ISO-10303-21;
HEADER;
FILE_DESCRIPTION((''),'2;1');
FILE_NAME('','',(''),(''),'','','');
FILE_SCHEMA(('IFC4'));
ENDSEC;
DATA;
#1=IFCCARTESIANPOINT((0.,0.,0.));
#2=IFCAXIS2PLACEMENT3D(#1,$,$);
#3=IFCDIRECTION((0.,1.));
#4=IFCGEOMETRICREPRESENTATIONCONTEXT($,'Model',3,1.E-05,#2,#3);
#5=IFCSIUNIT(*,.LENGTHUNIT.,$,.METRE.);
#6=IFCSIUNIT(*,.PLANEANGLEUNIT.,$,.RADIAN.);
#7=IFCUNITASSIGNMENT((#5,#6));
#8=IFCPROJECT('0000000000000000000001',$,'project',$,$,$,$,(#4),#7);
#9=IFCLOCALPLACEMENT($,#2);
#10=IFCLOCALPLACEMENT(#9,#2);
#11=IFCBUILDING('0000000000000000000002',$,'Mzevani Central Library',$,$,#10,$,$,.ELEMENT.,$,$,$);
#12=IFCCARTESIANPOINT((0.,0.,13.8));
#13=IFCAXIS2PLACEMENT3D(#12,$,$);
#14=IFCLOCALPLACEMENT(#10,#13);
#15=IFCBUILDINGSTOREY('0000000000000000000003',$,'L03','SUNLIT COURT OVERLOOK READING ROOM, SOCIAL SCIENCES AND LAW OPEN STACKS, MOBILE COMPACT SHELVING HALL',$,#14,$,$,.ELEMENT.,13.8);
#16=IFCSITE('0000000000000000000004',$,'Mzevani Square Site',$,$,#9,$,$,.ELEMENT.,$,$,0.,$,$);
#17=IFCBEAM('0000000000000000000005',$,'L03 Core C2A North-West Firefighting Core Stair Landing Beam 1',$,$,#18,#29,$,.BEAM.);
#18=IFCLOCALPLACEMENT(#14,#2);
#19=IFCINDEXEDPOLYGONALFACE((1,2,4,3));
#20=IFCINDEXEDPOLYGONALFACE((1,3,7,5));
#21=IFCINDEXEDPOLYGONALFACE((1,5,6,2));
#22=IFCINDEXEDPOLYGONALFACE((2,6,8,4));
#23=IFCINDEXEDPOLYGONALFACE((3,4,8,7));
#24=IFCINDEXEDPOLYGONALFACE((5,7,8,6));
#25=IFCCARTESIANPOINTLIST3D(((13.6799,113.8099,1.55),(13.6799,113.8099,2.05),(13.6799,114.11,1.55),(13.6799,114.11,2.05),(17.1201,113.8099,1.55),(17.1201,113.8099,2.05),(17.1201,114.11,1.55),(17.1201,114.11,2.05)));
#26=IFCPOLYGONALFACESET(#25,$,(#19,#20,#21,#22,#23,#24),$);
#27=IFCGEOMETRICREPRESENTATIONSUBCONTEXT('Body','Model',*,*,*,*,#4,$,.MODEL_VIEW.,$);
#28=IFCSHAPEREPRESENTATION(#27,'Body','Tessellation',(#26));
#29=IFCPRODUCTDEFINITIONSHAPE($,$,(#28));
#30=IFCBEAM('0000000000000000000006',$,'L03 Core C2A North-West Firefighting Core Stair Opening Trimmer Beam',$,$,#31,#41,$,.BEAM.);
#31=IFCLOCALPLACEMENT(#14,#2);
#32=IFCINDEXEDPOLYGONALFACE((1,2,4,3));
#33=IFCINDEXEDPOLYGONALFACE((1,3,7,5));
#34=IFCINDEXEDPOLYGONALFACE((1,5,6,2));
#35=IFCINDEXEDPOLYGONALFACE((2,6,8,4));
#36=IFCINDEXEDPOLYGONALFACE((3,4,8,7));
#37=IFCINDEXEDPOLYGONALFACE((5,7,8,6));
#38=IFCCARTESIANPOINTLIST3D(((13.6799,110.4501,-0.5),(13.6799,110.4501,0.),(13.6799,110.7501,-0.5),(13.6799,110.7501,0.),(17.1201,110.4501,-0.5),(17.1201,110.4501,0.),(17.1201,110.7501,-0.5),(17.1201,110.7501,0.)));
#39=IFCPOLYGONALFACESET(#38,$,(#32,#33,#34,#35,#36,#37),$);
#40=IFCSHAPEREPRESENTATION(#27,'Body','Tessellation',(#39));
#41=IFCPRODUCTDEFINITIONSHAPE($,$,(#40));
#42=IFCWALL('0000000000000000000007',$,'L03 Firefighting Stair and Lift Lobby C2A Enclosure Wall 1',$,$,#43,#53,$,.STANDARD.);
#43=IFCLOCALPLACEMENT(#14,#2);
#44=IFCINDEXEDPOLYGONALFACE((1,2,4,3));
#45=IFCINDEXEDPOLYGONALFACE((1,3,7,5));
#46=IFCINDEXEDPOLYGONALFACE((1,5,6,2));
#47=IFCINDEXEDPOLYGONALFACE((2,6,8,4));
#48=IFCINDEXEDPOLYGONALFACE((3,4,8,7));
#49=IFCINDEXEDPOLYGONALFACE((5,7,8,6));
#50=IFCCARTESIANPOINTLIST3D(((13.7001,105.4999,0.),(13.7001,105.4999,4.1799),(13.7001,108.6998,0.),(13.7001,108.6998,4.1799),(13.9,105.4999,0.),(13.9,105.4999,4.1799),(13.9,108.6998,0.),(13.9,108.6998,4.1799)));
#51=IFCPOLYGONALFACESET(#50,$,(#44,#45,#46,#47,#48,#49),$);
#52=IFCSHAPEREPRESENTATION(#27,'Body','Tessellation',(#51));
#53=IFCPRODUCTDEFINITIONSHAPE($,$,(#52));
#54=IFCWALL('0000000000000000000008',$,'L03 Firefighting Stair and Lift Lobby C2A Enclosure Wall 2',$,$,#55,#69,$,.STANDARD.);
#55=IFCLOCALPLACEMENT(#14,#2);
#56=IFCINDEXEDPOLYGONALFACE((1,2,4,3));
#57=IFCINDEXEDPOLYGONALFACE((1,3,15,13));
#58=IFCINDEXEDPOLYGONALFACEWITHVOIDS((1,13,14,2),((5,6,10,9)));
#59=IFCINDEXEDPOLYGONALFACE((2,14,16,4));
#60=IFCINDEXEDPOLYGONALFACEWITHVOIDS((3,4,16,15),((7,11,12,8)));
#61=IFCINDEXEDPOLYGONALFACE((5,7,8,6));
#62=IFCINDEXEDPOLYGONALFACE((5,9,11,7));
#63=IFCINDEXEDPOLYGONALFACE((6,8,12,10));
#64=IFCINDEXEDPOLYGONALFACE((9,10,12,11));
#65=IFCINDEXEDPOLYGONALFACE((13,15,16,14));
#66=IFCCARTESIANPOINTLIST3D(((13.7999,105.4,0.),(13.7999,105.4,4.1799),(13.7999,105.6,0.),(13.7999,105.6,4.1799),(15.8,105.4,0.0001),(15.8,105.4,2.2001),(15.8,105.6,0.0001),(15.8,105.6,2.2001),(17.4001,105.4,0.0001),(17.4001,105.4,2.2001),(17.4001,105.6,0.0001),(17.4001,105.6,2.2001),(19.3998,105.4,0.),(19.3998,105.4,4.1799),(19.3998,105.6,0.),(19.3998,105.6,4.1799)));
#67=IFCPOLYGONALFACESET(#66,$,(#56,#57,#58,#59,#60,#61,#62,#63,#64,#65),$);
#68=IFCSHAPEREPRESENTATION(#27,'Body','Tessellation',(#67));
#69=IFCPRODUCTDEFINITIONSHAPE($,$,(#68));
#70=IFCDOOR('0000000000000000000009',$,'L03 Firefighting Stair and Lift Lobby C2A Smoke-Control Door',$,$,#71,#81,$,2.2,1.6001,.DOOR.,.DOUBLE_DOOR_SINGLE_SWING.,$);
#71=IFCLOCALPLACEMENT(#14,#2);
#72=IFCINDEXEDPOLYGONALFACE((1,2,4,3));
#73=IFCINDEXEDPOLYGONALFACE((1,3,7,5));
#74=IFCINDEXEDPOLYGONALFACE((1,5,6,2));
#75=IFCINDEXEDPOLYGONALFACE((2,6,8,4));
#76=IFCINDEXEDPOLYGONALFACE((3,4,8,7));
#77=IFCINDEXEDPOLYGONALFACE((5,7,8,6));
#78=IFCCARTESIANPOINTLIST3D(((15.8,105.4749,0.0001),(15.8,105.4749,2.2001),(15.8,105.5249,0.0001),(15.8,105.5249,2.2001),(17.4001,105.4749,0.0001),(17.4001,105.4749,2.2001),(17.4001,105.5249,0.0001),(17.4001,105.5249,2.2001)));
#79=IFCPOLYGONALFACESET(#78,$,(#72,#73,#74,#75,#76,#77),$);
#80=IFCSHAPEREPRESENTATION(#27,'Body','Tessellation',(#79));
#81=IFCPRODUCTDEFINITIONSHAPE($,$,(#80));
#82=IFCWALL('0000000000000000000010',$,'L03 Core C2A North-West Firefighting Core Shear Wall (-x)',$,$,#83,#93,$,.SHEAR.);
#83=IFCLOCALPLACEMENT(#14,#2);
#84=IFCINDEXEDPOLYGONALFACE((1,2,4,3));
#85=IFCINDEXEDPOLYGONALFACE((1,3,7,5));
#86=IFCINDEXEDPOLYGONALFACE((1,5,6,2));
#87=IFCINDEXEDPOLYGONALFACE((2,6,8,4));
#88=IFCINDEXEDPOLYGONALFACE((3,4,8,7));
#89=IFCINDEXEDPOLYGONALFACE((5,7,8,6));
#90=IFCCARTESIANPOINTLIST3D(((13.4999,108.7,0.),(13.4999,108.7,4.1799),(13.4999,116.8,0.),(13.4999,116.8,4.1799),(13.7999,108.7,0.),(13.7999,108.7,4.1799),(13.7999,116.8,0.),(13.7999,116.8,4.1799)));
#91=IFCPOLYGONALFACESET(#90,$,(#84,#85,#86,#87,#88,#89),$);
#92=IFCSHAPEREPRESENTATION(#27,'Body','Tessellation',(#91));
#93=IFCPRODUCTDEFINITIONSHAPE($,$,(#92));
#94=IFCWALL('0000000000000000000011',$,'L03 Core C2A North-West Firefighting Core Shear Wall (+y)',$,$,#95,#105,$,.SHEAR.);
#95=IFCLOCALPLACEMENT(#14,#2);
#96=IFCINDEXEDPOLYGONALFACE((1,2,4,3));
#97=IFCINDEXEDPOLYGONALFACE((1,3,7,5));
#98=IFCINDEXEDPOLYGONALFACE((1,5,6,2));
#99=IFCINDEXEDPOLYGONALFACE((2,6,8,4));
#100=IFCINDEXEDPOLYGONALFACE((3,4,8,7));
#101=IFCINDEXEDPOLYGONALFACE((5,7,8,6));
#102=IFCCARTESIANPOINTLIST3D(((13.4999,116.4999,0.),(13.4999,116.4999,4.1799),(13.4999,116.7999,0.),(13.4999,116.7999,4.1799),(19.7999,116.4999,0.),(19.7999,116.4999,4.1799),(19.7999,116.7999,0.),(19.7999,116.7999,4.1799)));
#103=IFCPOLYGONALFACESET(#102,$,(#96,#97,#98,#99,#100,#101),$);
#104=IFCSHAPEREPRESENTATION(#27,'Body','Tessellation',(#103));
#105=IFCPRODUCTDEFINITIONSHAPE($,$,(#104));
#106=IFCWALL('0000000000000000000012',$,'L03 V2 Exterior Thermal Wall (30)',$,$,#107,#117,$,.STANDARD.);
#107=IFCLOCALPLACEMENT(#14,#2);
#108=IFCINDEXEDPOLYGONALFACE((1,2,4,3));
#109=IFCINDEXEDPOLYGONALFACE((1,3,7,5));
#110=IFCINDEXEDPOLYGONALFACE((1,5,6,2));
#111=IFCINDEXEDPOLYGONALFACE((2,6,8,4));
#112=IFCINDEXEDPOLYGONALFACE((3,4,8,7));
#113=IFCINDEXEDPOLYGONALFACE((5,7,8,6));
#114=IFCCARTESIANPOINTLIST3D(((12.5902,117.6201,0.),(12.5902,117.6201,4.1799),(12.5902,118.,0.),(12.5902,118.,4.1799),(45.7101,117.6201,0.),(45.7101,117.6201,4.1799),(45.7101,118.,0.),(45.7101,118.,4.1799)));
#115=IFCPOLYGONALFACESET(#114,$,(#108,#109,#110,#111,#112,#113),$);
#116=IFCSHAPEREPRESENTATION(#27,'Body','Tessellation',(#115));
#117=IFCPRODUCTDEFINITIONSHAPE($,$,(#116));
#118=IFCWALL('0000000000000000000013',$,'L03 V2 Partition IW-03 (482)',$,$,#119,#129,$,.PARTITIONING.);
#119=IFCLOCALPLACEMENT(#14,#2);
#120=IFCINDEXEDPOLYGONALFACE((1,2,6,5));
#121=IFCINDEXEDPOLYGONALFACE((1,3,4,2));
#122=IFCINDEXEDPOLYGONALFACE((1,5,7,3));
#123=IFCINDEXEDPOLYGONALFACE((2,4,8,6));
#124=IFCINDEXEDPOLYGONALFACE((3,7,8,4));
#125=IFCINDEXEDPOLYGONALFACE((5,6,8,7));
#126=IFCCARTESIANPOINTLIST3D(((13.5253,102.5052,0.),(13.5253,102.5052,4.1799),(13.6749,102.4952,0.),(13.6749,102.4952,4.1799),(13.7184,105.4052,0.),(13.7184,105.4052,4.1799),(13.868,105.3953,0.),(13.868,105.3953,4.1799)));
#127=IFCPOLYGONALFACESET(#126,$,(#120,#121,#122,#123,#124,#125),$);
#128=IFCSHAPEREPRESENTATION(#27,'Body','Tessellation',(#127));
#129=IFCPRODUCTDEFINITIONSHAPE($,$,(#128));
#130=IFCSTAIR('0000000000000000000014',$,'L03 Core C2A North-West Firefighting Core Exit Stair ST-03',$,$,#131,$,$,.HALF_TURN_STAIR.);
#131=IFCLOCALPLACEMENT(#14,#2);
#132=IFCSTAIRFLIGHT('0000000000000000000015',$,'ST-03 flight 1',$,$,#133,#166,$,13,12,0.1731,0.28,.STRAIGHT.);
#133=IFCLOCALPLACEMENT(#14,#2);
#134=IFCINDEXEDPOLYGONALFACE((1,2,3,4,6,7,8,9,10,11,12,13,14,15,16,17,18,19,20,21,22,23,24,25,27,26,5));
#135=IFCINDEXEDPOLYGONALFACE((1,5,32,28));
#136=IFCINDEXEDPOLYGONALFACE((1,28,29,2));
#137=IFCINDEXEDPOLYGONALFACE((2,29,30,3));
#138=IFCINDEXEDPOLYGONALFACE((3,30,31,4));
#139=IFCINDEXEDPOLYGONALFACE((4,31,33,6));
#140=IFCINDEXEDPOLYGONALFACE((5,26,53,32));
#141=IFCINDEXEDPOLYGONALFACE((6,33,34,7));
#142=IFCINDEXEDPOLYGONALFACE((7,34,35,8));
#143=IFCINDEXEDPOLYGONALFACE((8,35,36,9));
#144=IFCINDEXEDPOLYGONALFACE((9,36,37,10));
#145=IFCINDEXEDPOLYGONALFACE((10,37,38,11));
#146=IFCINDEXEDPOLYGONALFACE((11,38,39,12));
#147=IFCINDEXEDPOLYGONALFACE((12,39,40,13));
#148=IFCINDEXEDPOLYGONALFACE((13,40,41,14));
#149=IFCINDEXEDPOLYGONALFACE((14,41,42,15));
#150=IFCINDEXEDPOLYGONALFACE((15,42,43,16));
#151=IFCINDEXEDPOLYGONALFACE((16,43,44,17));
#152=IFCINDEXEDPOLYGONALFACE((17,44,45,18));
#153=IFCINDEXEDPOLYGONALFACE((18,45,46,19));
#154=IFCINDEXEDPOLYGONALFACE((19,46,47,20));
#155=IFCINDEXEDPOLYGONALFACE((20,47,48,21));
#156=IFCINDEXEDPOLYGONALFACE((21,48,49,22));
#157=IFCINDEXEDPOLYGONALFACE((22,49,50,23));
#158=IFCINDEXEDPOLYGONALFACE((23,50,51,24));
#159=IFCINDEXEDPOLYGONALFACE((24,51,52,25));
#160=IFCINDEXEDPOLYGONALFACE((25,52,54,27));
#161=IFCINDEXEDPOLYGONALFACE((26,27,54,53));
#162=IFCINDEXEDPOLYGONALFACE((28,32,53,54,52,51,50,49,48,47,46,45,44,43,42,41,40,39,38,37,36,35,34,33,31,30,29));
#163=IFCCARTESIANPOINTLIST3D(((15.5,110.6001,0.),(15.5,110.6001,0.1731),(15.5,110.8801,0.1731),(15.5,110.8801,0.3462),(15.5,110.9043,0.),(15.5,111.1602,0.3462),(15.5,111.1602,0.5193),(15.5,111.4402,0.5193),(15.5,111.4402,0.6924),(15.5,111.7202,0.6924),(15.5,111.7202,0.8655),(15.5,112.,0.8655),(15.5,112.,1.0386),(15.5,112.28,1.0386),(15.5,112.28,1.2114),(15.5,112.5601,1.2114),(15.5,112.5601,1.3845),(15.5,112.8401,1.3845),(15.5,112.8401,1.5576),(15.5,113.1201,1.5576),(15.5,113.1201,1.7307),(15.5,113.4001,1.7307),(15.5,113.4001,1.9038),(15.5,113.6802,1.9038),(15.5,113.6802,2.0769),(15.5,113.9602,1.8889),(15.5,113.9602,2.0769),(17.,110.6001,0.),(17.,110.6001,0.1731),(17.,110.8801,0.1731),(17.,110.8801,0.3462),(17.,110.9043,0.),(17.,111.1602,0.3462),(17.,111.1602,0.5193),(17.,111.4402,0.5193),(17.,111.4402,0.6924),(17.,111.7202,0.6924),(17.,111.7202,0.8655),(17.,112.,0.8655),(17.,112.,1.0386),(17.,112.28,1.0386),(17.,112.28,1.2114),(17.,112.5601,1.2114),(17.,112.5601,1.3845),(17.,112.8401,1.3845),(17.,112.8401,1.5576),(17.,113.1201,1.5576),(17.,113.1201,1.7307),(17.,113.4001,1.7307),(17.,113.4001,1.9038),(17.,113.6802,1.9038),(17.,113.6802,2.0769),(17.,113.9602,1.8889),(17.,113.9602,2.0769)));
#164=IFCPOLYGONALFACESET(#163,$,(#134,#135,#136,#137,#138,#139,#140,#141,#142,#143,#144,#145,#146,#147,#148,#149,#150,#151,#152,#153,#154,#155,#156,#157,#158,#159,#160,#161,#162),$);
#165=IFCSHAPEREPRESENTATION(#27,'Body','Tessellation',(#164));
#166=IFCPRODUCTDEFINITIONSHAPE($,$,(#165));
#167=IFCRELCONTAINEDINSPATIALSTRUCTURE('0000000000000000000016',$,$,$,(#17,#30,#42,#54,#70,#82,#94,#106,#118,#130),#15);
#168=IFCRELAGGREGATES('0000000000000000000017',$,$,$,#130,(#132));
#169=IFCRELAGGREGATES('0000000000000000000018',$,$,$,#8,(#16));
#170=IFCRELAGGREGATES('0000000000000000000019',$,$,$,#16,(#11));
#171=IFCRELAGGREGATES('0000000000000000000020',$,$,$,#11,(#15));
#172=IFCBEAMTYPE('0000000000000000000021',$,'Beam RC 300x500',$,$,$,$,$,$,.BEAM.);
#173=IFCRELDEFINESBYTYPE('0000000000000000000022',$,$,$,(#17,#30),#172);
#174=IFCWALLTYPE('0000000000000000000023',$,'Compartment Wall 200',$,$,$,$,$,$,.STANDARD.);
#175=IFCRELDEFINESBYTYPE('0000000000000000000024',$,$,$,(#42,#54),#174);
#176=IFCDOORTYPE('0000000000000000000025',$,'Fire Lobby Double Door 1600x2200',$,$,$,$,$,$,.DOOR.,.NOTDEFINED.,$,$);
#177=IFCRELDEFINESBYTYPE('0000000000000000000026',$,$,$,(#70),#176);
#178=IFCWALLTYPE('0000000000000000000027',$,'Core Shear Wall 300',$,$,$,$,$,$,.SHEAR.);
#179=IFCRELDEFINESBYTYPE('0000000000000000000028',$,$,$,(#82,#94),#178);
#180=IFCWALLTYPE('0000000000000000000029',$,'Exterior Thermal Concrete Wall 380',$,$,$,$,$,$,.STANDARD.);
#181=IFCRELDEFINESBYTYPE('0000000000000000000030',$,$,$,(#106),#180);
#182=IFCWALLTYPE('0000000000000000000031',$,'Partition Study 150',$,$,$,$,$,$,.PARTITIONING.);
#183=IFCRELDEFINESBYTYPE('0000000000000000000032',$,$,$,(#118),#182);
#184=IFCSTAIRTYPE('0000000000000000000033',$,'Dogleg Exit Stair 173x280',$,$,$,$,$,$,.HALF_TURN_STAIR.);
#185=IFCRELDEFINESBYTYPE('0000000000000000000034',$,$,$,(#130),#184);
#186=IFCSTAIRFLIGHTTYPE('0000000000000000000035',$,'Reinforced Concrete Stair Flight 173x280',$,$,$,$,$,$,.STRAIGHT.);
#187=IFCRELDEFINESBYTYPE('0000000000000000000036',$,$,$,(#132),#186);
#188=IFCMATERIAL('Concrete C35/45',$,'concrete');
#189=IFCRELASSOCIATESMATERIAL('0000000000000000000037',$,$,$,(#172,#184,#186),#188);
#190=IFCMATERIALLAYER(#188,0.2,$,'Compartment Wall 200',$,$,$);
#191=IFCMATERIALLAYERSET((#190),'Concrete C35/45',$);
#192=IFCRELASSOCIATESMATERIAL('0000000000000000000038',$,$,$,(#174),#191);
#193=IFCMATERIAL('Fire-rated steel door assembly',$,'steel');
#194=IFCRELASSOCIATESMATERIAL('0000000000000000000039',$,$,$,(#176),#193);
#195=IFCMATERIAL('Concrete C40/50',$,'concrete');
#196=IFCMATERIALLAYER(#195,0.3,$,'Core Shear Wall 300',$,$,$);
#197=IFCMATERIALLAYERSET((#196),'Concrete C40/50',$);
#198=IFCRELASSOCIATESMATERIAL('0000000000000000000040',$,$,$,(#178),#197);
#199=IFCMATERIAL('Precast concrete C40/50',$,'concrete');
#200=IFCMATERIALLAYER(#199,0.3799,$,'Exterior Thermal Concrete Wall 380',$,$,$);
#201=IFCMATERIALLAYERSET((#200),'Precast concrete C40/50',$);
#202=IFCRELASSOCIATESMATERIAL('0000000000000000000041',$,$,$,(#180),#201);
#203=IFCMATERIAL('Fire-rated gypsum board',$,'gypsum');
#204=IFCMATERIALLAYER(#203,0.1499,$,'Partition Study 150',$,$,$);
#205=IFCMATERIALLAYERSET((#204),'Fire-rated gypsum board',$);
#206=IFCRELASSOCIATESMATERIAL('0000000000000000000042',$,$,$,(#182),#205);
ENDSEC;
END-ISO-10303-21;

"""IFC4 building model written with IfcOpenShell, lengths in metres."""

from ifc_helpers import new_model, si_unit, direction, frame, frame_2d, origin, origin_2d, place, context, subcontext, project, spatial, polyline, rectangle, outline, extrude, material, layer, layer_set, material_profile, profile_set, type_object, element, fill, aggregate, save


model = new_model("IFC4")

# Units and contexts
model_context = context("Model", 3, precision=1e-05, world=origin(), true_north=direction((0.0, 1.0)))
body_context = subcontext(model_context, "Body", "Model", "MODEL_VIEW")
ifc_project = project(units=[si_unit("LENGTHUNIT", "METRE"), si_unit("PLANEANGLEUNIT", "RADIAN")], contexts=[model_context])

# Site, building, storey
site_placement = place(None, origin())
site = spatial("IfcSite", under=ifc_project, at=site_placement, Name="Mzevani Square Site", CompositionType="ELEMENT", RefElevation=0.0)
building_placement = place(site_placement, origin())
building = spatial("IfcBuilding", under=site, at=building_placement, Name="Mzevani Central Library", CompositionType="ELEMENT")
storey_placement = place(building_placement, frame((0.0, 0.0, 13.8)))
storey = spatial("IfcBuildingStorey", under=building, at=storey_placement, Name="L03", Description="SUNLIT COURT OVERLOOK READING ROOM, SOCIAL SCIENCES AND LAW OPEN STACKS, MOBILE COMPACT SHELVING HALL", CompositionType="ELEMENT", Elevation=13.8)

# Beams
ifc_material_1 = material(Name="Concrete C35/45", Category="concrete")
ifc_material_profile = material_profile(ifc_material_1, rectangle(XDim=0.3, YDim=0.5, at=origin_2d()), Name="RC B300x500")
ifc_profile_set = profile_set([ifc_material_profile], Name="Concrete C35/45")
beam_type = type_object("IfcBeamType", Name="Beam RC 300x500", PredefinedType="BEAM", material=ifc_profile_set)
for number, where, z_axis, x_axis, name in (
    (1, (13.6799, 113.96, 1.8), (1.0, 0.0, 0.0), (0.0, 1.0, 0.0), "L03 Core C2A North-West Firefighting Core Stair Landing Beam 1"),
    (2, (13.6799, 110.6001, -0.25), (1.0, 0.0, 0.0), (0.0, 1.0, 0.0), "L03 Core C2A North-West Firefighting Core Stair Opening Trimmer Beam"),
):
    element("IfcBeam", number, at=place(storey_placement, frame(where, z_axis=z_axis, x_axis=x_axis)), inside=storey, type_object=beam_type, Name=name, PredefinedType="BEAM", context=body_context, shape_type="SweptSolid", body=[
        extrude(rectangle(XDim=0.3, YDim=0.5, at=origin_2d()), origin(), (0.0, 0.0, 1.0), 3.4402),
    ])

# Wall
ifc_layer_1 = layer(ifc_material_1, 0.2, Name="Compartment Wall 200")
ifc_layer_set_1 = layer_set([ifc_layer_1], Name="Concrete C35/45")
wall_type_1 = type_object("IfcWallType", Name="Compartment Wall 200", PredefinedType="STANDARD", material=ifc_layer_set_1)
wall_1_placement = place(storey_placement, frame((13.8, 108.7, 0.0), z_axis=(0.0, 0.0, 1.0), x_axis=(0.0, -1.0, 0.0)))
element("IfcWall", 3, at=wall_1_placement, inside=storey, type_object=wall_type_1, Name="L03 Firefighting Stair and Lift Lobby C2A Enclosure Wall 1", PredefinedType="STANDARD", context=body_context, shape_type="SweptSolid", body=[
    extrude(rectangle(XDim=3.2, YDim=0.2, at=frame_2d((1.6001, 0.0))), origin(), (0.0, 0.0, 1.0), 4.1799),
])

# Wall, opening, door
wall_2_placement = place(storey_placement, frame((13.8, 105.5, 0.0), z_axis=(0.0, 0.0, 1.0), x_axis=(1.0, 0.0, 0.0)))
wall_2 = element("IfcWall", 4, at=wall_2_placement, inside=storey, type_object=wall_type_1, Name="L03 Firefighting Stair and Lift Lobby C2A Enclosure Wall 2", PredefinedType="STANDARD", context=body_context, shape_type="SweptSolid", body=[
    extrude(rectangle(XDim=5.5999, YDim=0.2, at=frame_2d((2.7998, 0.0))), origin(), (0.0, 0.0, 1.0), 4.1799),
])
opening_placement = place(wall_2_placement, frame((2.0, 0.0, 0.0)))
opening = element("IfcOpeningElement", 5, at=opening_placement, cuts=wall_2, PredefinedType="OPENING", context=body_context, shape_type="SweptSolid", body=[
    extrude(rectangle(XDim=1.6001, YDim=2.2, at=frame_2d((0.8, 1.1001))), frame((0.0, 0.1099, 0.0), z_axis=(0.0, -1.0, 0.0), x_axis=(1.0, 0.0, 0.0)), (0.0, 0.0, 1.0), 0.22),
])
ifc_material_2 = material(Name="Fire-rated steel door assembly", Category="steel")
door_type = type_object("IfcDoorType", Name="Fire Lobby Double Door 1600x2200", OperationType="NOTDEFINED", PredefinedType="DOOR", material=ifc_material_2)
door_placement = place(opening_placement, origin())
door = element("IfcDoor", 6, at=door_placement, inside=storey, type_object=door_type, Name="L03 Firefighting Stair and Lift Lobby C2A Smoke-Control Door", OperationType="DOUBLE_DOOR_SINGLE_SWING", OverallHeight=2.2, OverallWidth=1.6001, PredefinedType="DOOR", context=body_context, shape_type="SweptSolid", body=[
    extrude(rectangle(XDim=1.6001, YDim=2.2, at=frame_2d((0.8, 1.1001))), frame((0.0, 0.0249, 0.0), z_axis=(0.0, -1.0, 0.0), x_axis=(1.0, 0.0, 0.0)), (0.0, 0.0, 1.0), 0.05),
])
fill(opening, door)

# Walls
ifc_material_3 = material(Name="Concrete C40/50", Category="concrete")
ifc_layer_2 = layer(ifc_material_3, 0.3, Name="Core Shear Wall 300")
ifc_layer_set_2 = layer_set([ifc_layer_2], Name="Concrete C40/50")
wall_type_2 = type_object("IfcWallType", Name="Core Shear Wall 300", PredefinedType="SHEAR", material=ifc_layer_set_2)
wall_3_placement = place(storey_placement, frame((13.6499, 108.7, 0.0), z_axis=(0.0, 0.0, 1.0), x_axis=(0.0, 1.0, 0.0)))
element("IfcWall", 7, at=wall_3_placement, inside=storey, type_object=wall_type_2, Name="L03 Core C2A North-West Firefighting Core Shear Wall (-x)", PredefinedType="SHEAR", context=body_context, shape_type="SweptSolid", body=[
    extrude(rectangle(XDim=8.1001, YDim=0.3, at=frame_2d((4.05, 0.0))), origin(), (0.0, 0.0, 1.0), 4.1799),
])
wall_4_placement = place(storey_placement, frame((13.5, 116.6499, 0.0), z_axis=(0.0, 0.0, 1.0), x_axis=(1.0, 0.0, 0.0)))
element("IfcWall", 8, at=wall_4_placement, inside=storey, type_object=wall_type_2, Name="L03 Core C2A North-West Firefighting Core Shear Wall (+y)", PredefinedType="SHEAR", context=body_context, shape_type="SweptSolid", body=[
    extrude(rectangle(XDim=6.3, YDim=0.3, at=frame_2d((3.1499, 0.0))), origin(), (0.0, 0.0, 1.0), 4.1799),
])
ifc_material_4 = material(Name="Precast concrete C40/50", Category="concrete")
ifc_layer_3 = layer(ifc_material_4, 0.3799, Name="Exterior Thermal Concrete Wall 380")
ifc_layer_set_3 = layer_set([ifc_layer_3], Name="Precast concrete C40/50")
wall_type_3 = type_object("IfcWallType", Name="Exterior Thermal Concrete Wall 380", PredefinedType="STANDARD", material=ifc_layer_set_3)
wall_5_placement = place(storey_placement, frame((12.5901, 117.8101, 0.0), z_axis=(0.0, 0.0, 1.0), x_axis=(1.0, 0.0, 0.0)))
element("IfcWall", 9, at=wall_5_placement, inside=storey, type_object=wall_type_3, Name="L03 V2 Exterior Thermal Wall (30)", PredefinedType="STANDARD", context=body_context, shape_type="SweptSolid", body=[
    extrude(rectangle(XDim=33.1199, YDim=0.3799, at=frame_2d((16.5601, 0.0))), origin(), (0.0, 0.0, 1.0), 4.1799),
])
ifc_material_5 = material(Name="Fire-rated gypsum board", Category="gypsum")
ifc_layer_4 = layer(ifc_material_5, 0.1499, Name="Partition Study 150")
ifc_layer_set_4 = layer_set([ifc_layer_4], Name="Fire-rated gypsum board")
wall_type_4 = type_object("IfcWallType", Name="Partition Study 150", PredefinedType="PARTITIONING", material=ifc_layer_set_4)
wall_6_placement = place(storey_placement, frame((13.7932, 105.4001, 0.0), z_axis=(0.0, 0.0, 1.0), x_axis=(-0.066441, -0.99779, 0.0)))
element("IfcWall", 10, at=wall_6_placement, inside=storey, type_object=wall_type_4, Name="L03 V2 Partition IW-03 (482)", PredefinedType="PARTITIONING", context=body_context, shape_type="SweptSolid", body=[
    extrude(rectangle(XDim=2.9065, YDim=0.1499, at=frame_2d((1.4531, 0.0))), origin(), (0.0, 0.0, 1.0), 4.1799),
])

# Stair, stair flight
stair_type = type_object("IfcStairType", Name="Dogleg Exit Stair 173x280", PredefinedType="HALF_TURN_STAIR", material=ifc_material_1)
stair_placement = place(storey_placement, origin())
stair = element("IfcStair", 11, at=stair_placement, inside=storey, type_object=stair_type, Name="L03 Core C2A North-West Firefighting Core Exit Stair ST-03", PredefinedType="HALF_TURN_STAIR")
stair_flight_type = type_object("IfcStairFlightType", Name="Reinforced Concrete Stair Flight 173x280", PredefinedType="STRAIGHT", material=ifc_material_1)
stair_flight_1_placement = place(storey_placement, frame((16.25, 110.6001, 0.0), z_axis=(0.0, 0.0, 1.0), x_axis=(0.0, 1.0, 0.0)))
stair_flight_1 = element("IfcStairFlight", 12, at=stair_flight_1_placement, type_object=stair_flight_type, Name="ST-03 flight 1", NumberOfRisers=13, NumberOfTreads=12, PredefinedType="STRAIGHT", RiserHeight=0.1731, TreadLength=0.28, context=body_context, shape_type="SweptSolid", body=[
    extrude(outline(polyline([(0.0, 0.0), (0.0, 0.1731), (0.28, 0.1731), (0.28, 0.3462), (0.5601, 0.3462), (0.5601, 0.5193), (0.8401, 0.5193), (0.8401, 0.6924), (1.1201, 0.6924), (1.1201, 0.8655), (1.3999, 0.8655), (1.3999, 1.0386), (1.6799, 1.0386), (1.6799, 1.2114), (1.96, 1.2114), (1.96, 1.3845), (2.24, 1.3845), (2.24, 1.5576), (2.52, 1.5576), (2.52, 1.7307), (2.8, 1.7307), (2.8, 1.9038), (3.0801, 1.9038), (3.0801, 2.0769), (3.3601, 2.0769), (3.3601, 2.25), (3.3601, 1.8889), (0.3042, 0.0), (0.0, 0.0)])), frame((0.0, 0.75, 0.0), z_axis=(0.0, -1.0, 0.0), x_axis=(1.0, 0.0, 0.0)), (0.0, 0.0, 1.0), 1.5),
])
aggregate(stair, [stair_flight_1])

save(model, "model.ifc")
